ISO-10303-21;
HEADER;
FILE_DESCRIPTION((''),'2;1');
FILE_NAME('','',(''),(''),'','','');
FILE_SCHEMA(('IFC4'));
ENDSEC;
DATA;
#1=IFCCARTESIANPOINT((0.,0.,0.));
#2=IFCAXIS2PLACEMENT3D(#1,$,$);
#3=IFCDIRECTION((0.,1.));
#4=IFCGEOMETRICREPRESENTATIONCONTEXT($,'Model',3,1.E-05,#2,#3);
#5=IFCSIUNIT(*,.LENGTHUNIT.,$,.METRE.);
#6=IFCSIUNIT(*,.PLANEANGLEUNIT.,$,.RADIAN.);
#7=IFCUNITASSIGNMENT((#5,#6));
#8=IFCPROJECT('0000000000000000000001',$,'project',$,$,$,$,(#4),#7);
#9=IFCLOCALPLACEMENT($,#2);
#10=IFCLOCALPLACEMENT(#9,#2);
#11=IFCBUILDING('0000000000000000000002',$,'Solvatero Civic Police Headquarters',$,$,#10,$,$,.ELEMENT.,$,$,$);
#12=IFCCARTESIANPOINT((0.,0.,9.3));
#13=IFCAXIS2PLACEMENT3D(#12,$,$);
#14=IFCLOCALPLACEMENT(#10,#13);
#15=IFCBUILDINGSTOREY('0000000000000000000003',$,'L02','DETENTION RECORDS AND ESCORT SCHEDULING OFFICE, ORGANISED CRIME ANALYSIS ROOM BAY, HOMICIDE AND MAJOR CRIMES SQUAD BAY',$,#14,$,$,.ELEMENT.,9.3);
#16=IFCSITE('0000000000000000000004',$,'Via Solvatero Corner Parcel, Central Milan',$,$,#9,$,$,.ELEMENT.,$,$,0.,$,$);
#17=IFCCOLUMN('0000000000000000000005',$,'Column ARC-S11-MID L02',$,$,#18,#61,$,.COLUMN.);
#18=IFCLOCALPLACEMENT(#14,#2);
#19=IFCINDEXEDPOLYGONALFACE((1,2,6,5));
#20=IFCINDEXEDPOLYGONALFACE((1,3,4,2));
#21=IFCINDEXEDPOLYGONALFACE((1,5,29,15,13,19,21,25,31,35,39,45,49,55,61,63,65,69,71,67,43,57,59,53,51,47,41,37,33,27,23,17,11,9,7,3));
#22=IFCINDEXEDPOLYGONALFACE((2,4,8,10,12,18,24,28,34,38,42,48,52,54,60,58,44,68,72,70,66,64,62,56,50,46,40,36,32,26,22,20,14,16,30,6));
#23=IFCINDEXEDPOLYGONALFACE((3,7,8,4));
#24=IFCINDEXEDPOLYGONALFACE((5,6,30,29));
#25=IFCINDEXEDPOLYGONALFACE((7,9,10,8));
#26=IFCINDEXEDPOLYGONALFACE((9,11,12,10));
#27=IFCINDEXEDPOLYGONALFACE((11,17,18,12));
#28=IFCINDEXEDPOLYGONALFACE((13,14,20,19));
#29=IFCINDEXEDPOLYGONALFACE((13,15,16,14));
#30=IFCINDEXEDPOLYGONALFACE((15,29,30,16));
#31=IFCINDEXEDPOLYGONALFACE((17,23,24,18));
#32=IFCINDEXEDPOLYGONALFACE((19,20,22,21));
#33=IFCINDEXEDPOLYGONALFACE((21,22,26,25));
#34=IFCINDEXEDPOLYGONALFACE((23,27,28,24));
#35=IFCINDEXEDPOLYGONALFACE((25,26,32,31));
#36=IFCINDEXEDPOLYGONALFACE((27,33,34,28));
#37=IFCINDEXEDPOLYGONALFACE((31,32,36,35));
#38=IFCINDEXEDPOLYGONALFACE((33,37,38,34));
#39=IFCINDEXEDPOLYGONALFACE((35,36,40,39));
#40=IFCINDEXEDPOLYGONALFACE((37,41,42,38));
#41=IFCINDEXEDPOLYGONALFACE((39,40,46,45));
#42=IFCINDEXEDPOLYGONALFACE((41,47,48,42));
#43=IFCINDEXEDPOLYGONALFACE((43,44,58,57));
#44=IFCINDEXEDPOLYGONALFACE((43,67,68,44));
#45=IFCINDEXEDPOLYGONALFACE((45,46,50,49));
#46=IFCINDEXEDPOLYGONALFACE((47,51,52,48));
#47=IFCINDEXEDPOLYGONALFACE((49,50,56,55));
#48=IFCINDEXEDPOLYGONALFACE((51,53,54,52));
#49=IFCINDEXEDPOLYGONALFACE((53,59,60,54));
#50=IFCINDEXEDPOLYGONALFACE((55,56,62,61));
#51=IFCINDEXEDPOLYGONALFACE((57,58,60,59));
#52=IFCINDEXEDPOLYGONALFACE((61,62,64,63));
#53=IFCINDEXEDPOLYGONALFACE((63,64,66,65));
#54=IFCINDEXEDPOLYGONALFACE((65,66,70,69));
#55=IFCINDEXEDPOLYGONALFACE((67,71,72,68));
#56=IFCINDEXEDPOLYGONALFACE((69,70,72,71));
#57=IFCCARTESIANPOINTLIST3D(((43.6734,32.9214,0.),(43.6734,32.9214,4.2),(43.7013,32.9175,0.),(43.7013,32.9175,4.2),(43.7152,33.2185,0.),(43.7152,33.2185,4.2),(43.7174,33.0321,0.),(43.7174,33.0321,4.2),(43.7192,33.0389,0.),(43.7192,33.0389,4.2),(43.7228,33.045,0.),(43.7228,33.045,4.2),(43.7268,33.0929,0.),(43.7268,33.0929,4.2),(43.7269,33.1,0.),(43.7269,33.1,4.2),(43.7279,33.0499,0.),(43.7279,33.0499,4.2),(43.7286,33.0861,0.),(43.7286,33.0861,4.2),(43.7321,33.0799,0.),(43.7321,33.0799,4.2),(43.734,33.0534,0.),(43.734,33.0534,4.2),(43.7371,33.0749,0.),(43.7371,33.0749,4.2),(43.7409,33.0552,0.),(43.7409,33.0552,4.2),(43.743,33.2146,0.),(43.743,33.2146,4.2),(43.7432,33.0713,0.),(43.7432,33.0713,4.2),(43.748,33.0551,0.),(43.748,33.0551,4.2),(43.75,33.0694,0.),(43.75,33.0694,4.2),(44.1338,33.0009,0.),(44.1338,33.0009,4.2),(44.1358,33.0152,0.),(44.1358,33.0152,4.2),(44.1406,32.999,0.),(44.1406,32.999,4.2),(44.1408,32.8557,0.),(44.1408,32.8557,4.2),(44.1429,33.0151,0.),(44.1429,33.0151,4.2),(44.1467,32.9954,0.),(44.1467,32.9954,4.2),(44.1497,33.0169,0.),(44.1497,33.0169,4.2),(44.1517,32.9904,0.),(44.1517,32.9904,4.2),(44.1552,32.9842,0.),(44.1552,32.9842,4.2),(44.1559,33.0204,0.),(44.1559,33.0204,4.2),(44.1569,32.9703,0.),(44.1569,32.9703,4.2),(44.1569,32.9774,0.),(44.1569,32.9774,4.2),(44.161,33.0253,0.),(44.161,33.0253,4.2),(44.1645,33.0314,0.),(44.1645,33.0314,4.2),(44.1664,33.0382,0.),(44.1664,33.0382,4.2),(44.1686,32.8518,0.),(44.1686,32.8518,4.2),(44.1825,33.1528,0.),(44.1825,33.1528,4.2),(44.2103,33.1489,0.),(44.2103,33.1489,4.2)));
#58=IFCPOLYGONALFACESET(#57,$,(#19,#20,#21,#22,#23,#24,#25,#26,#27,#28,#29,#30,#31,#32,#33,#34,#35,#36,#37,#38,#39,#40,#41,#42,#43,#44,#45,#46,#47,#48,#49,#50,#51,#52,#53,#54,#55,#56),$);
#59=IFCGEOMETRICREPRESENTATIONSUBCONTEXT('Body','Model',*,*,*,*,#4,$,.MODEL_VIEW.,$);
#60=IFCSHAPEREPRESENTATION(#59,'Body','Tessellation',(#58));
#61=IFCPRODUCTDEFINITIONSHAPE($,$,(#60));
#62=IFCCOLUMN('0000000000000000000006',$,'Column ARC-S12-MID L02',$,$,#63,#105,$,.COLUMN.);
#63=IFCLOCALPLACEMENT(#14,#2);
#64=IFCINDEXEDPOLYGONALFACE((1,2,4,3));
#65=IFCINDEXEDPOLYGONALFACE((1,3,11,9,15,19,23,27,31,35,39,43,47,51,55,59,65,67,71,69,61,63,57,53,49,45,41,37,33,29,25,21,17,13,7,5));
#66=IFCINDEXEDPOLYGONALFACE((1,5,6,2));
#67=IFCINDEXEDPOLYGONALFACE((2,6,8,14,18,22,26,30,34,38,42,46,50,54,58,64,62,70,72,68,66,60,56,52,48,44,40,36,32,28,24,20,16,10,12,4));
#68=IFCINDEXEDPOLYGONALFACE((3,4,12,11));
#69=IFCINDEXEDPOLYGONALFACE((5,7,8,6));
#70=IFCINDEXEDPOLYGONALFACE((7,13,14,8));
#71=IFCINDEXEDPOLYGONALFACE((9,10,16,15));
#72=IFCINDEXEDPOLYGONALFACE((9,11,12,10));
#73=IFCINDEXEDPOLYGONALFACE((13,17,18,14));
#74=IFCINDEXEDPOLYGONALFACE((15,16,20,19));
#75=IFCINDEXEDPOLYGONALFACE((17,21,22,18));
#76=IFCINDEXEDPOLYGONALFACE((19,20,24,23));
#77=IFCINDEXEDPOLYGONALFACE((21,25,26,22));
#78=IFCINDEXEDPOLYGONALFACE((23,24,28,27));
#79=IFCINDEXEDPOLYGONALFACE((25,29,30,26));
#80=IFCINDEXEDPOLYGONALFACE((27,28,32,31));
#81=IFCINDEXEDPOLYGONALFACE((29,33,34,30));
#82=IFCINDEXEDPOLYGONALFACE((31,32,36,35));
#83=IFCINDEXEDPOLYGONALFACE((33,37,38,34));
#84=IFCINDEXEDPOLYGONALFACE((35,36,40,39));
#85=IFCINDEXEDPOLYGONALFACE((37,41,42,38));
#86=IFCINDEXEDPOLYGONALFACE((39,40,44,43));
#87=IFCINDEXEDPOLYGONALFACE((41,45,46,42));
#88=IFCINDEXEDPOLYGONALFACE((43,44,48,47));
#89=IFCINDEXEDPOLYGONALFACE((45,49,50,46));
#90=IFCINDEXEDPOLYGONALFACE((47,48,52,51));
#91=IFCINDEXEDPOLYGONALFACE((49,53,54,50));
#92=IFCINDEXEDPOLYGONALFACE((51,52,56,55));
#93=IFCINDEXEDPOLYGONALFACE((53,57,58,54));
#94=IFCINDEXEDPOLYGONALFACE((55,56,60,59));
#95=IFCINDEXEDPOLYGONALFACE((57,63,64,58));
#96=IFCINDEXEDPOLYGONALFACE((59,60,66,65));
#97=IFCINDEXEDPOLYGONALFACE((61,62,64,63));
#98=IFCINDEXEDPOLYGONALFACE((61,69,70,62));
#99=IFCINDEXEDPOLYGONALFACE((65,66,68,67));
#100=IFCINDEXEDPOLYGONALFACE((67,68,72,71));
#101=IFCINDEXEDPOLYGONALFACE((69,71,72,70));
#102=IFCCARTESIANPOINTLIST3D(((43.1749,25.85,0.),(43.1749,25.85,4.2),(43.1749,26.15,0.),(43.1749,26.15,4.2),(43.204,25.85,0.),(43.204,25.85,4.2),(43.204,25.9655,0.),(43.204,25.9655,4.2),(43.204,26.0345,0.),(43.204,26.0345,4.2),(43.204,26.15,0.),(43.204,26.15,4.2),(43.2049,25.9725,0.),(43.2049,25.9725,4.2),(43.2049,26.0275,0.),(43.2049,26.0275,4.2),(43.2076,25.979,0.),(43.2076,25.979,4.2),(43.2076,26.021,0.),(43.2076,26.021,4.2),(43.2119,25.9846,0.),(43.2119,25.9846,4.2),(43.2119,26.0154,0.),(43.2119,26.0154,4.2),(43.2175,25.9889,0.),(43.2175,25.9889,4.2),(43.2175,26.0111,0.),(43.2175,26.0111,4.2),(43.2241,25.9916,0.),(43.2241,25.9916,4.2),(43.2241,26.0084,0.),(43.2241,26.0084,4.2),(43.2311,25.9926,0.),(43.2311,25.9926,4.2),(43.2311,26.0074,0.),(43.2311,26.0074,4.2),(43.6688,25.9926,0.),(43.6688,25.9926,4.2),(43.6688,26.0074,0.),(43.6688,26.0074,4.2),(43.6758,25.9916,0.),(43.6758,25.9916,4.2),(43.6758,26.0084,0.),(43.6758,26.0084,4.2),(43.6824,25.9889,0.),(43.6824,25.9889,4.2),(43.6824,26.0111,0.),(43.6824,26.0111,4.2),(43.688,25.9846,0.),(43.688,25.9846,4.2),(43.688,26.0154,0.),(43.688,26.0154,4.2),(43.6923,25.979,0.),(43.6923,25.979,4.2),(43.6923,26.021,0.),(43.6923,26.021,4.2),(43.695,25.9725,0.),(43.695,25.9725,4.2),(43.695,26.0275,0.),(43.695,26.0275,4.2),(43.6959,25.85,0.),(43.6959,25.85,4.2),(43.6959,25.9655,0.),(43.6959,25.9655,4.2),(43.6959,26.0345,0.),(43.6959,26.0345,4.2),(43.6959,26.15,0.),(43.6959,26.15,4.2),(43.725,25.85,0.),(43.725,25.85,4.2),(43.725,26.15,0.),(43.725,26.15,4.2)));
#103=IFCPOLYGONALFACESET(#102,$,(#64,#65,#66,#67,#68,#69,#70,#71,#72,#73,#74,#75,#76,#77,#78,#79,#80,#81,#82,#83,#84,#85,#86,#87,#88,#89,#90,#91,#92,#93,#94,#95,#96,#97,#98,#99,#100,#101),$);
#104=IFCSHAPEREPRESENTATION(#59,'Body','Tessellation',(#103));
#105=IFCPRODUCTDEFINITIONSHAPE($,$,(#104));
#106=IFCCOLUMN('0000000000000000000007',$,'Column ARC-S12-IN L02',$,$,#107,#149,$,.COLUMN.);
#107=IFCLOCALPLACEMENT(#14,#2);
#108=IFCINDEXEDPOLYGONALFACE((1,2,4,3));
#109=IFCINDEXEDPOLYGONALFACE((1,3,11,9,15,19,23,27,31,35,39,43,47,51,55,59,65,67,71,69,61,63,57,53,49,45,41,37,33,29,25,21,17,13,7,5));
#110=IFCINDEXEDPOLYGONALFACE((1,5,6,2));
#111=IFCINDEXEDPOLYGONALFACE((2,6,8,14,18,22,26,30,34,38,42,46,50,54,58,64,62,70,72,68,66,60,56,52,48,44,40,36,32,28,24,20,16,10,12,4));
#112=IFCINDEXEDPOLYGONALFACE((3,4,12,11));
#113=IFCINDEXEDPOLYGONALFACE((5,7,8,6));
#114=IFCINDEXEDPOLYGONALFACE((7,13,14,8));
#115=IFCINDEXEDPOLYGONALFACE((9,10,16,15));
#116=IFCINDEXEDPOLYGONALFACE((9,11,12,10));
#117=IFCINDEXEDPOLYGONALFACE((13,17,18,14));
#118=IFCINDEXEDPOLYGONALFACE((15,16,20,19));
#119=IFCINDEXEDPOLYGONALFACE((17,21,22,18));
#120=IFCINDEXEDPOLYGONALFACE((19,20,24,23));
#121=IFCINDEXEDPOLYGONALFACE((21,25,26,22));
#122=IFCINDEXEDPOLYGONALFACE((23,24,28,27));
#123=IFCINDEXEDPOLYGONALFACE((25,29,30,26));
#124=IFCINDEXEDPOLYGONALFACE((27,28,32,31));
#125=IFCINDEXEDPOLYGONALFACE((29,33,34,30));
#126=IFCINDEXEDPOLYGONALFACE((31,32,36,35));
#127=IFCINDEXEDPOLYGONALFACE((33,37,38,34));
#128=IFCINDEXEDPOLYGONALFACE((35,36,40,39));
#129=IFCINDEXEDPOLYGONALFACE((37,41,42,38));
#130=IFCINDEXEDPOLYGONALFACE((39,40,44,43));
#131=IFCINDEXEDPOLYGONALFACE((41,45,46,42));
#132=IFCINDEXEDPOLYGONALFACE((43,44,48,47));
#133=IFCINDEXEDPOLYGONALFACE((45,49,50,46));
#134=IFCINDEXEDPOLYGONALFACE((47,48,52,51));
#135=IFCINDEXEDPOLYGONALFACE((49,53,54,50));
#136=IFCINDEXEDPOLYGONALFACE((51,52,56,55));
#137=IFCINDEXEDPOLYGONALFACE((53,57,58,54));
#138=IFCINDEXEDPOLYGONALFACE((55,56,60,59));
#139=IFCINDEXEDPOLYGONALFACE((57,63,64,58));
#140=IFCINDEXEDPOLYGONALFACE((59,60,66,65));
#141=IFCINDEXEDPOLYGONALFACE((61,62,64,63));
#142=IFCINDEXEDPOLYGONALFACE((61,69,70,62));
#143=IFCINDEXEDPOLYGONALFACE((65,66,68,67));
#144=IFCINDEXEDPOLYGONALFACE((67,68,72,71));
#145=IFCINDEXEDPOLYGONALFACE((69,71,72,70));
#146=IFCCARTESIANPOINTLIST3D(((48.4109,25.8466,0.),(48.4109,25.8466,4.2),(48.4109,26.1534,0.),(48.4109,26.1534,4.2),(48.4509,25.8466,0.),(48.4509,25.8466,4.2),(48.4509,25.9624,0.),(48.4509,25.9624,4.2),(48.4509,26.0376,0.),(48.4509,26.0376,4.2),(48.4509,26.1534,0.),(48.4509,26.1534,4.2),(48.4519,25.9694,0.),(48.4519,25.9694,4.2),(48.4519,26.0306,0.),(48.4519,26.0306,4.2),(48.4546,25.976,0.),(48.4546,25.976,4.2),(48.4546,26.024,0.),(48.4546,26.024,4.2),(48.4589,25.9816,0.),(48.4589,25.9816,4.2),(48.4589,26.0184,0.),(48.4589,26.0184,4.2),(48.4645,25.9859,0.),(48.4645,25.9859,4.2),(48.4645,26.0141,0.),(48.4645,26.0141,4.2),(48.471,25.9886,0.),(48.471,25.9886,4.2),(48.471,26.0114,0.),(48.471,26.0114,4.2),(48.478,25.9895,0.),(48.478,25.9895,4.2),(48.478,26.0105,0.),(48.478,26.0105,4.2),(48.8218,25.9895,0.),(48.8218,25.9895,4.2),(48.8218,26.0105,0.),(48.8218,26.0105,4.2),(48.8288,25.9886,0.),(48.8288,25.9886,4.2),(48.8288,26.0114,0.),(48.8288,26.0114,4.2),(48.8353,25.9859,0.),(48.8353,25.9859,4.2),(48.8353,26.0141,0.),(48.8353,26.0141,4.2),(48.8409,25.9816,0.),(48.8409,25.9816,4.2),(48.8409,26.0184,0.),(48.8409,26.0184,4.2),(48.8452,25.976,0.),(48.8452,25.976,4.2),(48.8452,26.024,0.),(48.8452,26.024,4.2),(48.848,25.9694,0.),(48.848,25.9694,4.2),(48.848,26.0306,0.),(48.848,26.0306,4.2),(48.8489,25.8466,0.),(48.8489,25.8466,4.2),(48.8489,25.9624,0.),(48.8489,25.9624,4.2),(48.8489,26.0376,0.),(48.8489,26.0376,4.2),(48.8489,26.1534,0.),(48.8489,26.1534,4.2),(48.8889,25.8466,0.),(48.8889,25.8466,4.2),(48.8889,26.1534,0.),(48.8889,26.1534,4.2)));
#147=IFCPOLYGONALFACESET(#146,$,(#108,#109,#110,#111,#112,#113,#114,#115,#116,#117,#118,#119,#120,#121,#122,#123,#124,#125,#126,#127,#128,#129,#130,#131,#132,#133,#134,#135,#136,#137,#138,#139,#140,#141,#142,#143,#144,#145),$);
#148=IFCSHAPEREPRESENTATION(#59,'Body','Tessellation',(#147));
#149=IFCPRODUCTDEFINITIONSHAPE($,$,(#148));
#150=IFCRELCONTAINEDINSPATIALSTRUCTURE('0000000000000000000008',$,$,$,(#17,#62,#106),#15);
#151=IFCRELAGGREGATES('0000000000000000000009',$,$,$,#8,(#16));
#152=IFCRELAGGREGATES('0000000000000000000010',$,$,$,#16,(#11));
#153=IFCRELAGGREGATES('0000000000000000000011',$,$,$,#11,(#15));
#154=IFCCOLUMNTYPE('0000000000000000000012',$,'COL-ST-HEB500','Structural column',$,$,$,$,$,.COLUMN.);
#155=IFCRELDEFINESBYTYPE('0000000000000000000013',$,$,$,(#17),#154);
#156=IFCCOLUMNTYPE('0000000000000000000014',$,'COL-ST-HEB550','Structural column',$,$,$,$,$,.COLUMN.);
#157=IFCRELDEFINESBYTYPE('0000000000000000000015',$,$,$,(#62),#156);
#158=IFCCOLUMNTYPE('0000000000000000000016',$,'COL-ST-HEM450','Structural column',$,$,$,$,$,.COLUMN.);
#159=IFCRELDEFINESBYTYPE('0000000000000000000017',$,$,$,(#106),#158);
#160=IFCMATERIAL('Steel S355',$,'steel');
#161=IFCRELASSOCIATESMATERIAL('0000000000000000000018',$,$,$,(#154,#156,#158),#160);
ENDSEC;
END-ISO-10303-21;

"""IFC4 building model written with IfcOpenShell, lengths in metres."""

from ifc_helpers import new_model, si_unit, direction, frame, origin, origin_2d, place, context, subcontext, project, spatial, i_section, extrude, material, material_profile, profile_set, type_object, element, save


model = new_model("IFC4")

# Units and contexts
model_context = context("Model", 3, precision=1e-05, world=origin(), true_north=direction((0.0, 1.0)))
body_context = subcontext(model_context, "Body", "Model", "MODEL_VIEW")
ifc_project = project(units=[si_unit("LENGTHUNIT", "METRE"), si_unit("PLANEANGLEUNIT", "RADIAN")], contexts=[model_context])

# Site, building, storey
site_placement = place(None, origin())
site = spatial("IfcSite", under=ifc_project, at=site_placement, Name="Via Solvatero Corner Parcel, Central Milan", CompositionType="ELEMENT", RefElevation=0.0)
building_placement = place(site_placement, origin())
building = spatial("IfcBuilding", under=site, at=building_placement, Name="Solvatero Civic Police Headquarters", CompositionType="ELEMENT")
storey_placement = place(building_placement, frame((0.0, 0.0, 9.3)))
storey = spatial("IfcBuildingStorey", under=building, at=storey_placement, Name="L02", Description="DETENTION RECORDS AND ESCORT SCHEDULING OFFICE, ORGANISED CRIME ANALYSIS ROOM BAY, HOMICIDE AND MAJOR CRIMES SQUAD BAY", CompositionType="ELEMENT", Elevation=9.3)

# Columns
ifc_material_1 = material(Name="Steel S355", Category="steel")
ifc_material_profile_1 = material_profile(ifc_material_1, i_section(OverallWidth=0.3, OverallDepth=0.5, WebThickness=0.0144, FlangeThickness=0.0281, FilletRadius=0.0271, at=origin_2d()), Name="HEB 500")
ifc_profile_set_1 = profile_set([ifc_material_profile_1], Name="Steel S355")
column_type_1 = type_object("IfcColumnType", Name="COL-ST-HEB500", Description="Structural column", PredefinedType="COLUMN", material=ifc_profile_set_1)
column_1_placement = place(storey_placement, frame((43.9419, 33.0352, 0.0), z_axis=(0.0, 0.0, 1.0), x_axis=(0.139173, 0.990268, 0.0)))
element("IfcColumn", 1, at=column_1_placement, inside=storey, type_object=column_type_1, Name="Column ARC-S11-MID L02", PredefinedType="COLUMN", context=body_context, shape_type="SweptSolid", body=[
    extrude(i_section(OverallWidth=0.3, OverallDepth=0.5, WebThickness=0.0144, FlangeThickness=0.0281, FilletRadius=0.0271, at=origin_2d()), origin(), (0.0, 0.0, 1.0), 4.2),
])
ifc_material_profile_2 = material_profile(ifc_material_1, i_section(OverallWidth=0.3, OverallDepth=0.55, WebThickness=0.0149, FlangeThickness=0.0291, FilletRadius=0.0271, at=origin_2d()), Name="HEB 550")
ifc_profile_set_2 = profile_set([ifc_material_profile_2], Name="Steel S355")
column_type_2 = type_object("IfcColumnType", Name="COL-ST-HEB550", Description="Structural column", PredefinedType="COLUMN", material=ifc_profile_set_2)
column_2_placement = place(storey_placement, frame((43.45, 26.0, 0.0), z_axis=(0.0, 0.0, 1.0), x_axis=(0.0, 1.0, 0.0)))
element("IfcColumn", 2, at=column_2_placement, inside=storey, type_object=column_type_2, Name="Column ARC-S12-MID L02", PredefinedType="COLUMN", context=body_context, shape_type="SweptSolid", body=[
    extrude(i_section(OverallWidth=0.3, OverallDepth=0.55, WebThickness=0.0149, FlangeThickness=0.0291, FilletRadius=0.0271, at=origin_2d()), origin(), (0.0, 0.0, 1.0), 4.2),
])
ifc_material_profile_3 = material_profile(ifc_material_1, i_section(OverallWidth=0.3069, OverallDepth=0.478, WebThickness=0.021, FlangeThickness=0.04, FilletRadius=0.0271, at=origin_2d()), Name="HEM 450")
ifc_profile_set_3 = profile_set([ifc_material_profile_3], Name="Steel S355")
column_type_3 = type_object("IfcColumnType", Name="COL-ST-HEM450", Description="Structural column", PredefinedType="COLUMN", material=ifc_profile_set_3)
column_3_placement = place(storey_placement, frame((48.6499, 26.0, 0.0), z_axis=(0.0, 0.0, 1.0), x_axis=(0.0, 1.0, 0.0)))
element("IfcColumn", 3, at=column_3_placement, inside=storey, type_object=column_type_3, Name="Column ARC-S12-IN L02", PredefinedType="COLUMN", context=body_context, shape_type="SweptSolid", body=[
    extrude(i_section(OverallWidth=0.3069, OverallDepth=0.478, WebThickness=0.021, FlangeThickness=0.04, FilletRadius=0.0271, at=origin_2d()), origin(), (0.0, 0.0, 1.0), 4.2),
])

save(model, "model.ifc")
